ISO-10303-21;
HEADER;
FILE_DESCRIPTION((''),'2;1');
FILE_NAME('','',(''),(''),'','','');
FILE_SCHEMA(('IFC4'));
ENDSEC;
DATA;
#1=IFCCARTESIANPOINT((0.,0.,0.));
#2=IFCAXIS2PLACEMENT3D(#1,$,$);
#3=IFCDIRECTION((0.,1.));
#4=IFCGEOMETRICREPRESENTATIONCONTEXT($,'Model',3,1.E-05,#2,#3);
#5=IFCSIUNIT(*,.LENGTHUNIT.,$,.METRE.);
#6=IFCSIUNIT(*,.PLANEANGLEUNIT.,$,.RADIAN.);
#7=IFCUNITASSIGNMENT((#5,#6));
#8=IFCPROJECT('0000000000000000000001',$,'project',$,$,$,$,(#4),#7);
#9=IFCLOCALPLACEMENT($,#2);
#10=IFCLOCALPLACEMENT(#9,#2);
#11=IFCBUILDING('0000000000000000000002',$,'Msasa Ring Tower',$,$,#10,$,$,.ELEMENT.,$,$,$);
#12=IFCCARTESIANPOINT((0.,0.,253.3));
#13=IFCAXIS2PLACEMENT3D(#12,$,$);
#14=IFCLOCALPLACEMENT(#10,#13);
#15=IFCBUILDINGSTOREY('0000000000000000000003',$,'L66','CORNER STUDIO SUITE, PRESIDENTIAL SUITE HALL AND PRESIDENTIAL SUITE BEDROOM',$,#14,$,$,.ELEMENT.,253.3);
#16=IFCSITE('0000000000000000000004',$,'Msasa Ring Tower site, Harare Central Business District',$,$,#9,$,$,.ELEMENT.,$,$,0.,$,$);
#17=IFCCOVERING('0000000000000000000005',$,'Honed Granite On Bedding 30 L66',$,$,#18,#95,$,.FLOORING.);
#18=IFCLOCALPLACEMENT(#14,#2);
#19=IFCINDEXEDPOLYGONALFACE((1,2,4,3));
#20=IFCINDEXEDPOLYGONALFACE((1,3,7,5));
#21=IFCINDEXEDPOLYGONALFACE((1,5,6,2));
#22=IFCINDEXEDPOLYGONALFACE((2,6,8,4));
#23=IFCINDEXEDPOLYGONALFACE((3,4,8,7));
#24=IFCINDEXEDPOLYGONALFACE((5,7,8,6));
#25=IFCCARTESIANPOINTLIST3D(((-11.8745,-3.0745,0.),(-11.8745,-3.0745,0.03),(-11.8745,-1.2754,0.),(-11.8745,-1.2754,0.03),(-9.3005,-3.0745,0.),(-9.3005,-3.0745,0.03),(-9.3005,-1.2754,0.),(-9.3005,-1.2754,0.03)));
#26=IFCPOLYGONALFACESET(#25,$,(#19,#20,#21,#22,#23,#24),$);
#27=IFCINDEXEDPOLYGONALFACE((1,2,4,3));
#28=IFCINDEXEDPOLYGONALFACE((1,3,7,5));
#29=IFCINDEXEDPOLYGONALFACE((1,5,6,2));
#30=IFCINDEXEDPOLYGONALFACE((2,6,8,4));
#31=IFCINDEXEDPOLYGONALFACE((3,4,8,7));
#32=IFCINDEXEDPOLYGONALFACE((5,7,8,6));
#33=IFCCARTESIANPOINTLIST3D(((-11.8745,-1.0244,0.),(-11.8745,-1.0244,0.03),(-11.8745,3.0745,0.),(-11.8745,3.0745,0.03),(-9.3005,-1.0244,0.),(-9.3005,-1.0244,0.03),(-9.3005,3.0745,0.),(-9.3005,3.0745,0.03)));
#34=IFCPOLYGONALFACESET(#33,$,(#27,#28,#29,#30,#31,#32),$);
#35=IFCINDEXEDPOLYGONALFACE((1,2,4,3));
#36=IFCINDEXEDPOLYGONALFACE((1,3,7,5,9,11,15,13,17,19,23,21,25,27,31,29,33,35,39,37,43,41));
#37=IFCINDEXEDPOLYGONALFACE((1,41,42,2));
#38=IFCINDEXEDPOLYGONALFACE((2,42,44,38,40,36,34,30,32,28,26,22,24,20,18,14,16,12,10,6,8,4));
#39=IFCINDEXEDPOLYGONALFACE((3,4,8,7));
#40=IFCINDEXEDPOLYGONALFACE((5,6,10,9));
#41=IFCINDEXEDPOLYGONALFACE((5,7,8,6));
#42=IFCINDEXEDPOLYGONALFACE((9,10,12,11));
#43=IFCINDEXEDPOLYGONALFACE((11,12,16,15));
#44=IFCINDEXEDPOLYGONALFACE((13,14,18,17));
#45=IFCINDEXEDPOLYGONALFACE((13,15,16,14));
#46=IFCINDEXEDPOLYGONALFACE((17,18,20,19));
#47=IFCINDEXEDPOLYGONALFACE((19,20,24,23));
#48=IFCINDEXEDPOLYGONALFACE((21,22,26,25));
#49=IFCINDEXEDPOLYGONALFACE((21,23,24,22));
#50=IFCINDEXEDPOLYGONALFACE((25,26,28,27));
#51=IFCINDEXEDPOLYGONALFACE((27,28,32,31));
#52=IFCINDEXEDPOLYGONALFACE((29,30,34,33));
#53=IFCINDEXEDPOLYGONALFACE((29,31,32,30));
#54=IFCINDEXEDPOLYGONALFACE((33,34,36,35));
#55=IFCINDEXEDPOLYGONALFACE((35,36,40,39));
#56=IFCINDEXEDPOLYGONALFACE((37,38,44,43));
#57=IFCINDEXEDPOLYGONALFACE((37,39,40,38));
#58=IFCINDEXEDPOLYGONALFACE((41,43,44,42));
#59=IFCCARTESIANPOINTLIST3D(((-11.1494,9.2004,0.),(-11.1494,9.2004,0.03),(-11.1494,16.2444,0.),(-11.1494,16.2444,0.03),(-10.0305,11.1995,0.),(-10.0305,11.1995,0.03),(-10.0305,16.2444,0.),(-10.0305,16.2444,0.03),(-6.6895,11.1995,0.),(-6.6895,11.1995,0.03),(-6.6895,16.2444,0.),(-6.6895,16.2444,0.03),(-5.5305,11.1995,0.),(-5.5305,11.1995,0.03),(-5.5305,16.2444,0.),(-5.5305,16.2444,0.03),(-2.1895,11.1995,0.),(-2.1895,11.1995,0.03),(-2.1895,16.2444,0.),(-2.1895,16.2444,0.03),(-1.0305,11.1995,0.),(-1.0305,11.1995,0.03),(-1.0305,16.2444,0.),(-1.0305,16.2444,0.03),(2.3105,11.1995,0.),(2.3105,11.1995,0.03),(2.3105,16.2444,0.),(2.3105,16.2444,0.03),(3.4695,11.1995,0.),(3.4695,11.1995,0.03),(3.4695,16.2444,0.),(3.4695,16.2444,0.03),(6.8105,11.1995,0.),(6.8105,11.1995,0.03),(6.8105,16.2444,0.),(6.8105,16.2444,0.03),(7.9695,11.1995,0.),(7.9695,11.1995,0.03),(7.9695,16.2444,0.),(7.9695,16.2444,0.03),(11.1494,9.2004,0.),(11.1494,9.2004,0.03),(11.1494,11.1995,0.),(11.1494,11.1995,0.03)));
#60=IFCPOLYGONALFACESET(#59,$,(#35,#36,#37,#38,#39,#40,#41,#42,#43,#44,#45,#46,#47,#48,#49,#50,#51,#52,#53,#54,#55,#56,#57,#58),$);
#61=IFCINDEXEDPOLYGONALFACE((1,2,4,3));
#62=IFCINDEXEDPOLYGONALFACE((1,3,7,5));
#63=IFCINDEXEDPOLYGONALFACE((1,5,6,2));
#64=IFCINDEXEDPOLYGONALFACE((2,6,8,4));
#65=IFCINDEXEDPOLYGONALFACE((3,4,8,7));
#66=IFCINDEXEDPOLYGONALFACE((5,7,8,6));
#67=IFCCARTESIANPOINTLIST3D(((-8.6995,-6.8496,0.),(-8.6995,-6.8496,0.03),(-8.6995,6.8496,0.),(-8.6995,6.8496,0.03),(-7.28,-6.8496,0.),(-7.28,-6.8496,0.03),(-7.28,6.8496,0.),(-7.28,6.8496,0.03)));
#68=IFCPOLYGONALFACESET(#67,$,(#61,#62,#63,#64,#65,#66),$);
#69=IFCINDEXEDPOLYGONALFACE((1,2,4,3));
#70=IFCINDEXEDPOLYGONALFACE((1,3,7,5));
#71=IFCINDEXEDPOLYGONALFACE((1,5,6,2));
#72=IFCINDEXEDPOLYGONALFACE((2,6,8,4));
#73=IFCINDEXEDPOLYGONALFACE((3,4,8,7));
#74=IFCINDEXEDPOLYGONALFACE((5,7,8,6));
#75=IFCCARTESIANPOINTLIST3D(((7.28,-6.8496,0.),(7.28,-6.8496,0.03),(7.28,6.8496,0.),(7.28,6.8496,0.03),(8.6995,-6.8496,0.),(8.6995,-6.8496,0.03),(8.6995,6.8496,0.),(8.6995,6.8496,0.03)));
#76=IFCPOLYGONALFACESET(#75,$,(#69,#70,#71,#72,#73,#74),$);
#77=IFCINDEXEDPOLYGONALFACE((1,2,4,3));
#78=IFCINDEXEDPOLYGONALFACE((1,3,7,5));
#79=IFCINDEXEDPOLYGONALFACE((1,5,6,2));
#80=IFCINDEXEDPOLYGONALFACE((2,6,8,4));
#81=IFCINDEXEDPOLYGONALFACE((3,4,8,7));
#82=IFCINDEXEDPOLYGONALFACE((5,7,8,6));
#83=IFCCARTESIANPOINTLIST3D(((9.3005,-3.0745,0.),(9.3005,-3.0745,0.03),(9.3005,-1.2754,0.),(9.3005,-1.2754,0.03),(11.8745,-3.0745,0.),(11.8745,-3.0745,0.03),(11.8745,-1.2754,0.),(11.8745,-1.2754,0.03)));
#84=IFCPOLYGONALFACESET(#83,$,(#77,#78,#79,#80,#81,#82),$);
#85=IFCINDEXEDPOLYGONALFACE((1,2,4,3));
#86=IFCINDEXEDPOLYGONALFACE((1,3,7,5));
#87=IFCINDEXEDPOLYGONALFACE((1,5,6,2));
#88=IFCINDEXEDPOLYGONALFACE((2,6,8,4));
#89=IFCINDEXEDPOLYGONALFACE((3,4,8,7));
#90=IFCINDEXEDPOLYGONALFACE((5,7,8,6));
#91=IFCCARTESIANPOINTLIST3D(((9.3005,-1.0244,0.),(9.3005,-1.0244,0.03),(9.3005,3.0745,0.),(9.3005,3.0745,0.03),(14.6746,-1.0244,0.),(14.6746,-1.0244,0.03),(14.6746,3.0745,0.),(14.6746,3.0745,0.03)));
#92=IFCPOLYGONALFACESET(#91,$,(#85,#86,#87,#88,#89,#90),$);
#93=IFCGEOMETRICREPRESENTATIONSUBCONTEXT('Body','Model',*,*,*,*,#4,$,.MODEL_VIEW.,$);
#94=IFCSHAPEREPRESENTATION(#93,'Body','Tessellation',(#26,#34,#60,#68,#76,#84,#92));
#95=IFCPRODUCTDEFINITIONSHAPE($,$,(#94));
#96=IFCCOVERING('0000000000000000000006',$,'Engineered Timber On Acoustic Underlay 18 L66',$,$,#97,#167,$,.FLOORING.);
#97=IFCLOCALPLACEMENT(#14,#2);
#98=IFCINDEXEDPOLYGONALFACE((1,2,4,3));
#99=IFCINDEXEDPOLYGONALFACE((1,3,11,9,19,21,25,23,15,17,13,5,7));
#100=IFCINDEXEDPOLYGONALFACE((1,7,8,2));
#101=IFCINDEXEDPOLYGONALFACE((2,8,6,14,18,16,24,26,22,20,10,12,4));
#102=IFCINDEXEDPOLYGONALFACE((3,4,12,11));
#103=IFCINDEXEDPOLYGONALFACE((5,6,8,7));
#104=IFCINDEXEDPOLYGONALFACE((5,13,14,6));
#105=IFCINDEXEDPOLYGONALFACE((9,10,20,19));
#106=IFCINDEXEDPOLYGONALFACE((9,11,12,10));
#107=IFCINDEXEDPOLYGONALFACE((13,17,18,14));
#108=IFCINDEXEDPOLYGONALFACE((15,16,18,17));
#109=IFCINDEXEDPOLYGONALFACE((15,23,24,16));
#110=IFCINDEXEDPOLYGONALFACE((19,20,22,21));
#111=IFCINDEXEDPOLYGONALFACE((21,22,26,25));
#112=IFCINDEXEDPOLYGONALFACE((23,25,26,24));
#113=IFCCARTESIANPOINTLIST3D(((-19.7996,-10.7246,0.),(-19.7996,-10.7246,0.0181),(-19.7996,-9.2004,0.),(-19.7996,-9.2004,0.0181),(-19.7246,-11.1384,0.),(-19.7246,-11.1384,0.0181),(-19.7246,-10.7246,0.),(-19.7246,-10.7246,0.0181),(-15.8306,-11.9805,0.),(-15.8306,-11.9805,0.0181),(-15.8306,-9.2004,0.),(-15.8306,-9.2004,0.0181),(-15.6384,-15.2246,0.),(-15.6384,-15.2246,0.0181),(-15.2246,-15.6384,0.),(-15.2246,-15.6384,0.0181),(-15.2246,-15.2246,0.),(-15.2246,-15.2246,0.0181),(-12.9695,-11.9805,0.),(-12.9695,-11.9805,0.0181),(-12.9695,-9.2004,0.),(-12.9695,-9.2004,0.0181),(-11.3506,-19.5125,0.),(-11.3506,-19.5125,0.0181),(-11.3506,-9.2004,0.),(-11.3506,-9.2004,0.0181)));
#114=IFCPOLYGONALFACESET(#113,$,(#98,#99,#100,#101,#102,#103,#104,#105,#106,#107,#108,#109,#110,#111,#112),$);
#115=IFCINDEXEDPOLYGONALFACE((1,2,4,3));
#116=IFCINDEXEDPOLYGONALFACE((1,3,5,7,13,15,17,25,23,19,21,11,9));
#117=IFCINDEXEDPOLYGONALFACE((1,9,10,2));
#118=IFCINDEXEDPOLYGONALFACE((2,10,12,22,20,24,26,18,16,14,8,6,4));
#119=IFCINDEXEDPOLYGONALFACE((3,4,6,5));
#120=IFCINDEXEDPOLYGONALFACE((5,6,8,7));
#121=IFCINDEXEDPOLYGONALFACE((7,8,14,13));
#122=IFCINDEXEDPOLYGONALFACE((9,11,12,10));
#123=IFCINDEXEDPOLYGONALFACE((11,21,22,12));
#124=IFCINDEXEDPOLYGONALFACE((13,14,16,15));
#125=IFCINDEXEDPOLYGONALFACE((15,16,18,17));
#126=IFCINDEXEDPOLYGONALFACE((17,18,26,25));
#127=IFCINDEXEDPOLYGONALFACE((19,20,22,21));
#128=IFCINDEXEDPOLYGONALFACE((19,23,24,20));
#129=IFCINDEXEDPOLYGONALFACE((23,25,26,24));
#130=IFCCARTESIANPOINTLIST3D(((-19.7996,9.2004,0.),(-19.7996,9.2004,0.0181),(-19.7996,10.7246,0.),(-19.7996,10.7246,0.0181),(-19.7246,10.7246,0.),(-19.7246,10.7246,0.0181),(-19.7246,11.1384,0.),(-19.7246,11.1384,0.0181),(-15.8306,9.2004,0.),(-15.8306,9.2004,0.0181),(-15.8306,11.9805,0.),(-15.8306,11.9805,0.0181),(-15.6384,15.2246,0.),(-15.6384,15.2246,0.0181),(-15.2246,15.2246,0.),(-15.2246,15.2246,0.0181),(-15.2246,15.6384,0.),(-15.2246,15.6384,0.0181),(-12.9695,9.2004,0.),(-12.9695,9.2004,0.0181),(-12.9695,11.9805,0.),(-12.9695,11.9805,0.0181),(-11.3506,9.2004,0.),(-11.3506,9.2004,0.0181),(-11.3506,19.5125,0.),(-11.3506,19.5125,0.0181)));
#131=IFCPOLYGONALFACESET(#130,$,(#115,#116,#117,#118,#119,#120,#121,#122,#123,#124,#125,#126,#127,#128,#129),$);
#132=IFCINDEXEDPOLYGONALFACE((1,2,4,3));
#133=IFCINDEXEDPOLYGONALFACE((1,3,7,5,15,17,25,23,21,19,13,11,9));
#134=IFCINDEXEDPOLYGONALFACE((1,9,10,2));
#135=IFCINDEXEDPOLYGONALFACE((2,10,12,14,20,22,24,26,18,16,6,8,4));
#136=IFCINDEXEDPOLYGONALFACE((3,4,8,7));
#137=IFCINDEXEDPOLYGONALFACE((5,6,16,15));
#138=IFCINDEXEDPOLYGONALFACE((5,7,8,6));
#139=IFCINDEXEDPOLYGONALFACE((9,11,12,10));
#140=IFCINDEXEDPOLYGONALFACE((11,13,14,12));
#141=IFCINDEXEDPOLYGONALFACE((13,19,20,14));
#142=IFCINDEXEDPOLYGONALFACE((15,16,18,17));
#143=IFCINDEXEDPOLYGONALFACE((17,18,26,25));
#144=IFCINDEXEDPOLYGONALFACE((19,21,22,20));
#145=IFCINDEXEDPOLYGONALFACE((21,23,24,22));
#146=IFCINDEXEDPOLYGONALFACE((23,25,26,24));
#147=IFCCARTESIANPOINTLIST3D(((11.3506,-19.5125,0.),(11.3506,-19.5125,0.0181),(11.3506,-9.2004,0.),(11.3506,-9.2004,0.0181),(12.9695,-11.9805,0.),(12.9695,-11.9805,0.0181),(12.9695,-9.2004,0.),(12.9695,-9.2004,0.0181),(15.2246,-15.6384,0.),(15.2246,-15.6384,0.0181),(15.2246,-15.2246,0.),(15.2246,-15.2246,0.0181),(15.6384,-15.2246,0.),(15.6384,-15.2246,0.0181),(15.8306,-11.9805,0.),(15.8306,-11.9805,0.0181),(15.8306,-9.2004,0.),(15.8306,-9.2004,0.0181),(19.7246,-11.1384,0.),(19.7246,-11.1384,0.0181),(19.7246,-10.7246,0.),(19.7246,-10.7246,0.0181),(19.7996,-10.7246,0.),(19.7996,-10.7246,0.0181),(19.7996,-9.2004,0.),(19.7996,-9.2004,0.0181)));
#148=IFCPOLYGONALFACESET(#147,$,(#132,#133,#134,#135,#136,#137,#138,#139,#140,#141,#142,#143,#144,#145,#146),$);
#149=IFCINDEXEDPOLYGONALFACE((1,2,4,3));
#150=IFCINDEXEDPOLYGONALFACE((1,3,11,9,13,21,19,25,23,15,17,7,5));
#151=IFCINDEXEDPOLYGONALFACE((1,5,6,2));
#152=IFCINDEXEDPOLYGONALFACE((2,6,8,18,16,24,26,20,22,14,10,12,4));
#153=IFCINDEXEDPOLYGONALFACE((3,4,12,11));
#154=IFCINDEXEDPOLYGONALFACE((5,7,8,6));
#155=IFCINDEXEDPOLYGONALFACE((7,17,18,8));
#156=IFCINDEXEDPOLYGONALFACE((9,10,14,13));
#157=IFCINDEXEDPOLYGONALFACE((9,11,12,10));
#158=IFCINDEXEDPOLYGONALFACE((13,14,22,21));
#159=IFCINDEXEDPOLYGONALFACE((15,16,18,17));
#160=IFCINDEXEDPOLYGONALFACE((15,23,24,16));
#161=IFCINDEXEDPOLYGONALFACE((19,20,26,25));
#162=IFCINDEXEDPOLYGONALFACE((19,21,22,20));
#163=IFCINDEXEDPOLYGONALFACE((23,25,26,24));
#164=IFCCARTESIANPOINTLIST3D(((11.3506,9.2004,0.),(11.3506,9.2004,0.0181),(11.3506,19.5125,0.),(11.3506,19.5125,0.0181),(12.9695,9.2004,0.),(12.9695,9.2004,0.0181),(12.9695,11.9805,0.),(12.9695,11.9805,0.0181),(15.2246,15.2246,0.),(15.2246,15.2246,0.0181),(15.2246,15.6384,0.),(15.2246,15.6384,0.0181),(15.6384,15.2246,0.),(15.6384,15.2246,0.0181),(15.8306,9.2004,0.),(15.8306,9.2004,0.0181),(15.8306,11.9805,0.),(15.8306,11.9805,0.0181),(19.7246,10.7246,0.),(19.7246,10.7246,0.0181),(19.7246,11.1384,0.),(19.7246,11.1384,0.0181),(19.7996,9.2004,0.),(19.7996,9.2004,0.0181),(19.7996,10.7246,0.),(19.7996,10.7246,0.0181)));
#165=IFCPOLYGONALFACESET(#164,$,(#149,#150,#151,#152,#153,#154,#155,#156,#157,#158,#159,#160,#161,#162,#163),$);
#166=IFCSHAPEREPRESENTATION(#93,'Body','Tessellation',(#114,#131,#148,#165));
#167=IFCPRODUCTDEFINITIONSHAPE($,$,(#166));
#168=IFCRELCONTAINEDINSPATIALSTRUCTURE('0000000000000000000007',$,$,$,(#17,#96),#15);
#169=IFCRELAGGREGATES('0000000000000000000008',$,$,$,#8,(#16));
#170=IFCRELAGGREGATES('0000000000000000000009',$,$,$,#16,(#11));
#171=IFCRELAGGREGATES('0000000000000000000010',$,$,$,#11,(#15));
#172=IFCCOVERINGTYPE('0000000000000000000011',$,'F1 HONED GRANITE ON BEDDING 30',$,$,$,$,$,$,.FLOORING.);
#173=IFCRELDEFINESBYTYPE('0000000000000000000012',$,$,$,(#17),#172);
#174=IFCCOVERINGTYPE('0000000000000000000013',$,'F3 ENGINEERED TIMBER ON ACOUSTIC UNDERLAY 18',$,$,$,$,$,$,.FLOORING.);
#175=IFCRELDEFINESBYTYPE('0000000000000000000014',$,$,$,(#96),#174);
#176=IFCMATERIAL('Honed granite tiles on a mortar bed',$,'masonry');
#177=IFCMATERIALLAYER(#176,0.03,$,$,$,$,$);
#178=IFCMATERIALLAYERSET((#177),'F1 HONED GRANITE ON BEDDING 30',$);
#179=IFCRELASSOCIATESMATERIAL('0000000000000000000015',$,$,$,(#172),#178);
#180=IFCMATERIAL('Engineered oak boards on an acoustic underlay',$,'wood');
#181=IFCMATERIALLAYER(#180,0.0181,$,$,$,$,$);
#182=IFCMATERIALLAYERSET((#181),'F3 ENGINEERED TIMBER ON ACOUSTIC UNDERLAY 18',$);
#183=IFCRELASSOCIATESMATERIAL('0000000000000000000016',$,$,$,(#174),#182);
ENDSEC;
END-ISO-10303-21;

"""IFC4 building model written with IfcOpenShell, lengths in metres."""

from ifc_helpers import new_model, si_unit, direction, frame, origin, place, context, subcontext, project, spatial, line, indexed_curve, outline, extrude, material, layer, layer_set, type_object, element, save


model = new_model("IFC4")

# Units and contexts
model_context = context("Model", 3, precision=1e-05, world=origin(), true_north=direction((0.0, 1.0)))
body_context = subcontext(model_context, "Body", "Model", "MODEL_VIEW")
ifc_project = project(units=[si_unit("LENGTHUNIT", "METRE"), si_unit("PLANEANGLEUNIT", "RADIAN")], contexts=[model_context])

# Site, building, storey
site_placement = place(None, origin())
site = spatial("IfcSite", under=ifc_project, at=site_placement, Name="Msasa Ring Tower site, Harare Central Business District", CompositionType="ELEMENT", RefElevation=0.0)
building_placement = place(site_placement, origin())
building = spatial("IfcBuilding", under=site, at=building_placement, Name="Msasa Ring Tower", CompositionType="ELEMENT")
storey_placement = place(building_placement, frame((0.0, 0.0, 253.3)))
storey = spatial("IfcBuildingStorey", under=building, at=storey_placement, Name="L66", Description="CORNER STUDIO SUITE, PRESIDENTIAL SUITE HALL AND PRESIDENTIAL SUITE BEDROOM", CompositionType="ELEMENT", Elevation=253.3)

# Coverings
ifc_material_1 = material(Name="Honed granite tiles on a mortar bed", Category="masonry")
ifc_layer_1 = layer(ifc_material_1, 0.03)
ifc_layer_set_1 = layer_set([ifc_layer_1], Name="F1 HONED GRANITE ON BEDDING 30")
covering_type_1 = type_object("IfcCoveringType", Name="F1 HONED GRANITE ON BEDDING 30", PredefinedType="FLOORING", material=ifc_layer_set_1)
covering_1_placement = place(storey_placement, origin())
element("IfcCovering", 1, at=covering_1_placement, inside=storey, type_object=covering_type_1, Name="Honed Granite On Bedding 30 L66", PredefinedType="FLOORING", context=body_context, shape_type="SweptSolid", body=[
    extrude(outline(indexed_curve([(-11.8745, -3.0745), (-11.8745, -1.2754), (-9.3005, -1.2754), (-9.3005, -3.0745)], segments=[line(1, 2, 3, 4, 1)], self_intersect=False)), origin(), (0.0, 0.0, 1.0), 0.03),
    extrude(outline(indexed_curve([(-11.8745, 3.0745), (-9.3005, 3.0745), (-9.3005, -1.0244), (-11.8745, -1.0244)], segments=[line(1, 2, 3, 4, 1)], self_intersect=False)), origin(), (0.0, 0.0, 1.0), 0.03),
    extrude(outline(indexed_curve([(-5.5305, 16.2444), (-5.5305, 11.1995), (-2.1895, 11.1995), (-2.1895, 16.2444), (-1.0305, 16.2444), (-1.0305, 11.1995), (2.3105, 11.1995), (2.3105, 16.2444), (3.4695, 16.2444), (3.4695, 11.1995), (6.8105, 11.1995), (6.8105, 16.2444), (7.9695, 16.2444), (7.9695, 11.1995), (11.1494, 11.1995), (11.1494, 9.2004), (-11.1494, 9.2004), (-11.1494, 16.2444), (-10.0305, 16.2444), (-10.0305, 11.1995), (-6.6895, 11.1995), (-6.6895, 16.2444)], segments=[line(1, 2, 3, 4, 5, 6, 7, 8, 9, 10, 11, 12, 13, 14, 15, 16, 17, 18, 19, 20, 21, 22, 1)], self_intersect=False)), origin(), (0.0, 0.0, 1.0), 0.03),
    extrude(outline(indexed_curve([(-8.6995, 6.8496), (-7.28, 6.8496), (-7.28, -6.8496), (-8.6995, -6.8496)], segments=[line(1, 2, 3, 4, 1)], self_intersect=False)), origin(), (0.0, 0.0, 1.0), 0.03),
    extrude(outline(indexed_curve([(8.6995, 6.8496), (8.6995, -6.8496), (7.28, -6.8496), (7.28, 6.8496)], segments=[line(1, 2, 3, 4, 1)], self_intersect=False)), origin(), (0.0, 0.0, 1.0), 0.03),
    extrude(outline(indexed_curve([(9.3005, -1.2754), (11.8745, -1.2754), (11.8745, -3.0745), (9.3005, -3.0745)], segments=[line(1, 2, 3, 4, 1)], self_intersect=False)), origin(), (0.0, 0.0, 1.0), 0.03),
    extrude(outline(indexed_curve([(9.3005, 3.0745), (14.6746, 3.0745), (14.6746, -1.0244), (9.3005, -1.0244)], segments=[line(1, 2, 3, 4, 1)], self_intersect=False)), origin(), (0.0, 0.0, 1.0), 0.03),
])
ifc_material_2 = material(Name="Engineered oak boards on an acoustic underlay", Category="wood")
ifc_layer_2 = layer(ifc_material_2, 0.0181)
ifc_layer_set_2 = layer_set([ifc_layer_2], Name="F3 ENGINEERED TIMBER ON ACOUSTIC UNDERLAY 18")
covering_type_2 = type_object("IfcCoveringType", Name="F3 ENGINEERED TIMBER ON ACOUSTIC UNDERLAY 18", PredefinedType="FLOORING", material=ifc_layer_set_2)
covering_2_placement = place(storey_placement, origin())
element("IfcCovering", 2, at=covering_2_placement, inside=storey, type_object=covering_type_2, Name="Engineered Timber On Acoustic Underlay 18 L66", PredefinedType="FLOORING", context=body_context, shape_type="SweptSolid", body=[
    extrude(outline(indexed_curve([(-15.8306, -11.9805), (-12.9695, -11.9805), (-12.9695, -9.2004), (-11.3506, -9.2004), (-11.3506, -19.5125), (-15.2246, -15.6384), (-15.2246, -15.2246), (-15.6384, -15.2246), (-19.7246, -11.1384), (-19.7246, -10.7246), (-19.7996, -10.7246), (-19.7996, -9.2004), (-15.8306, -9.2004)], segments=[line(1, 2, 3, 4, 5, 6, 7, 8, 9, 10, 11, 12, 13, 1)], self_intersect=False)), origin(), (0.0, 0.0, 1.0), 0.0181),
    extrude(outline(indexed_curve([(-15.8306, 9.2004), (-19.7996, 9.2004), (-19.7996, 10.7246), (-19.7246, 10.7246), (-19.7246, 11.1384), (-15.6384, 15.2246), (-15.2246, 15.2246), (-15.2246, 15.6384), (-11.3506, 19.5125), (-11.3506, 9.2004), (-12.9695, 9.2004), (-12.9695, 11.9805), (-15.8306, 11.9805)], segments=[line(1, 2, 3, 4, 5, 6, 7, 8, 9, 10, 11, 12, 13, 1)], self_intersect=False)), origin(), (0.0, 0.0, 1.0), 0.0181),
    extrude(outline(indexed_curve([(15.8306, -9.2004), (19.7996, -9.2004), (19.7996, -10.7246), (19.7246, -10.7246), (19.7246, -11.1384), (15.6384, -15.2246), (15.2246, -15.2246), (15.2246, -15.6384), (11.3506, -19.5125), (11.3506, -9.2004), (12.9695, -9.2004), (12.9695, -11.9805), (15.8306, -11.9805)], segments=[line(1, 2, 3, 4, 5, 6, 7, 8, 9, 10, 11, 12, 13, 1)], self_intersect=False)), origin(), (0.0, 0.0, 1.0), 0.0181),
    extrude(outline(indexed_curve([(15.8306, 11.9805), (12.9695, 11.9805), (12.9695, 9.2004), (11.3506, 9.2004), (11.3506, 19.5125), (15.2246, 15.6384), (15.2246, 15.2246), (15.6384, 15.2246), (19.7246, 11.1384), (19.7246, 10.7246), (19.7996, 10.7246), (19.7996, 9.2004), (15.8306, 9.2004)], segments=[line(1, 2, 3, 4, 5, 6, 7, 8, 9, 10, 11, 12, 13, 1)], self_intersect=False)), origin(), (0.0, 0.0, 1.0), 0.0181),
])

save(model, "model.ifc")
